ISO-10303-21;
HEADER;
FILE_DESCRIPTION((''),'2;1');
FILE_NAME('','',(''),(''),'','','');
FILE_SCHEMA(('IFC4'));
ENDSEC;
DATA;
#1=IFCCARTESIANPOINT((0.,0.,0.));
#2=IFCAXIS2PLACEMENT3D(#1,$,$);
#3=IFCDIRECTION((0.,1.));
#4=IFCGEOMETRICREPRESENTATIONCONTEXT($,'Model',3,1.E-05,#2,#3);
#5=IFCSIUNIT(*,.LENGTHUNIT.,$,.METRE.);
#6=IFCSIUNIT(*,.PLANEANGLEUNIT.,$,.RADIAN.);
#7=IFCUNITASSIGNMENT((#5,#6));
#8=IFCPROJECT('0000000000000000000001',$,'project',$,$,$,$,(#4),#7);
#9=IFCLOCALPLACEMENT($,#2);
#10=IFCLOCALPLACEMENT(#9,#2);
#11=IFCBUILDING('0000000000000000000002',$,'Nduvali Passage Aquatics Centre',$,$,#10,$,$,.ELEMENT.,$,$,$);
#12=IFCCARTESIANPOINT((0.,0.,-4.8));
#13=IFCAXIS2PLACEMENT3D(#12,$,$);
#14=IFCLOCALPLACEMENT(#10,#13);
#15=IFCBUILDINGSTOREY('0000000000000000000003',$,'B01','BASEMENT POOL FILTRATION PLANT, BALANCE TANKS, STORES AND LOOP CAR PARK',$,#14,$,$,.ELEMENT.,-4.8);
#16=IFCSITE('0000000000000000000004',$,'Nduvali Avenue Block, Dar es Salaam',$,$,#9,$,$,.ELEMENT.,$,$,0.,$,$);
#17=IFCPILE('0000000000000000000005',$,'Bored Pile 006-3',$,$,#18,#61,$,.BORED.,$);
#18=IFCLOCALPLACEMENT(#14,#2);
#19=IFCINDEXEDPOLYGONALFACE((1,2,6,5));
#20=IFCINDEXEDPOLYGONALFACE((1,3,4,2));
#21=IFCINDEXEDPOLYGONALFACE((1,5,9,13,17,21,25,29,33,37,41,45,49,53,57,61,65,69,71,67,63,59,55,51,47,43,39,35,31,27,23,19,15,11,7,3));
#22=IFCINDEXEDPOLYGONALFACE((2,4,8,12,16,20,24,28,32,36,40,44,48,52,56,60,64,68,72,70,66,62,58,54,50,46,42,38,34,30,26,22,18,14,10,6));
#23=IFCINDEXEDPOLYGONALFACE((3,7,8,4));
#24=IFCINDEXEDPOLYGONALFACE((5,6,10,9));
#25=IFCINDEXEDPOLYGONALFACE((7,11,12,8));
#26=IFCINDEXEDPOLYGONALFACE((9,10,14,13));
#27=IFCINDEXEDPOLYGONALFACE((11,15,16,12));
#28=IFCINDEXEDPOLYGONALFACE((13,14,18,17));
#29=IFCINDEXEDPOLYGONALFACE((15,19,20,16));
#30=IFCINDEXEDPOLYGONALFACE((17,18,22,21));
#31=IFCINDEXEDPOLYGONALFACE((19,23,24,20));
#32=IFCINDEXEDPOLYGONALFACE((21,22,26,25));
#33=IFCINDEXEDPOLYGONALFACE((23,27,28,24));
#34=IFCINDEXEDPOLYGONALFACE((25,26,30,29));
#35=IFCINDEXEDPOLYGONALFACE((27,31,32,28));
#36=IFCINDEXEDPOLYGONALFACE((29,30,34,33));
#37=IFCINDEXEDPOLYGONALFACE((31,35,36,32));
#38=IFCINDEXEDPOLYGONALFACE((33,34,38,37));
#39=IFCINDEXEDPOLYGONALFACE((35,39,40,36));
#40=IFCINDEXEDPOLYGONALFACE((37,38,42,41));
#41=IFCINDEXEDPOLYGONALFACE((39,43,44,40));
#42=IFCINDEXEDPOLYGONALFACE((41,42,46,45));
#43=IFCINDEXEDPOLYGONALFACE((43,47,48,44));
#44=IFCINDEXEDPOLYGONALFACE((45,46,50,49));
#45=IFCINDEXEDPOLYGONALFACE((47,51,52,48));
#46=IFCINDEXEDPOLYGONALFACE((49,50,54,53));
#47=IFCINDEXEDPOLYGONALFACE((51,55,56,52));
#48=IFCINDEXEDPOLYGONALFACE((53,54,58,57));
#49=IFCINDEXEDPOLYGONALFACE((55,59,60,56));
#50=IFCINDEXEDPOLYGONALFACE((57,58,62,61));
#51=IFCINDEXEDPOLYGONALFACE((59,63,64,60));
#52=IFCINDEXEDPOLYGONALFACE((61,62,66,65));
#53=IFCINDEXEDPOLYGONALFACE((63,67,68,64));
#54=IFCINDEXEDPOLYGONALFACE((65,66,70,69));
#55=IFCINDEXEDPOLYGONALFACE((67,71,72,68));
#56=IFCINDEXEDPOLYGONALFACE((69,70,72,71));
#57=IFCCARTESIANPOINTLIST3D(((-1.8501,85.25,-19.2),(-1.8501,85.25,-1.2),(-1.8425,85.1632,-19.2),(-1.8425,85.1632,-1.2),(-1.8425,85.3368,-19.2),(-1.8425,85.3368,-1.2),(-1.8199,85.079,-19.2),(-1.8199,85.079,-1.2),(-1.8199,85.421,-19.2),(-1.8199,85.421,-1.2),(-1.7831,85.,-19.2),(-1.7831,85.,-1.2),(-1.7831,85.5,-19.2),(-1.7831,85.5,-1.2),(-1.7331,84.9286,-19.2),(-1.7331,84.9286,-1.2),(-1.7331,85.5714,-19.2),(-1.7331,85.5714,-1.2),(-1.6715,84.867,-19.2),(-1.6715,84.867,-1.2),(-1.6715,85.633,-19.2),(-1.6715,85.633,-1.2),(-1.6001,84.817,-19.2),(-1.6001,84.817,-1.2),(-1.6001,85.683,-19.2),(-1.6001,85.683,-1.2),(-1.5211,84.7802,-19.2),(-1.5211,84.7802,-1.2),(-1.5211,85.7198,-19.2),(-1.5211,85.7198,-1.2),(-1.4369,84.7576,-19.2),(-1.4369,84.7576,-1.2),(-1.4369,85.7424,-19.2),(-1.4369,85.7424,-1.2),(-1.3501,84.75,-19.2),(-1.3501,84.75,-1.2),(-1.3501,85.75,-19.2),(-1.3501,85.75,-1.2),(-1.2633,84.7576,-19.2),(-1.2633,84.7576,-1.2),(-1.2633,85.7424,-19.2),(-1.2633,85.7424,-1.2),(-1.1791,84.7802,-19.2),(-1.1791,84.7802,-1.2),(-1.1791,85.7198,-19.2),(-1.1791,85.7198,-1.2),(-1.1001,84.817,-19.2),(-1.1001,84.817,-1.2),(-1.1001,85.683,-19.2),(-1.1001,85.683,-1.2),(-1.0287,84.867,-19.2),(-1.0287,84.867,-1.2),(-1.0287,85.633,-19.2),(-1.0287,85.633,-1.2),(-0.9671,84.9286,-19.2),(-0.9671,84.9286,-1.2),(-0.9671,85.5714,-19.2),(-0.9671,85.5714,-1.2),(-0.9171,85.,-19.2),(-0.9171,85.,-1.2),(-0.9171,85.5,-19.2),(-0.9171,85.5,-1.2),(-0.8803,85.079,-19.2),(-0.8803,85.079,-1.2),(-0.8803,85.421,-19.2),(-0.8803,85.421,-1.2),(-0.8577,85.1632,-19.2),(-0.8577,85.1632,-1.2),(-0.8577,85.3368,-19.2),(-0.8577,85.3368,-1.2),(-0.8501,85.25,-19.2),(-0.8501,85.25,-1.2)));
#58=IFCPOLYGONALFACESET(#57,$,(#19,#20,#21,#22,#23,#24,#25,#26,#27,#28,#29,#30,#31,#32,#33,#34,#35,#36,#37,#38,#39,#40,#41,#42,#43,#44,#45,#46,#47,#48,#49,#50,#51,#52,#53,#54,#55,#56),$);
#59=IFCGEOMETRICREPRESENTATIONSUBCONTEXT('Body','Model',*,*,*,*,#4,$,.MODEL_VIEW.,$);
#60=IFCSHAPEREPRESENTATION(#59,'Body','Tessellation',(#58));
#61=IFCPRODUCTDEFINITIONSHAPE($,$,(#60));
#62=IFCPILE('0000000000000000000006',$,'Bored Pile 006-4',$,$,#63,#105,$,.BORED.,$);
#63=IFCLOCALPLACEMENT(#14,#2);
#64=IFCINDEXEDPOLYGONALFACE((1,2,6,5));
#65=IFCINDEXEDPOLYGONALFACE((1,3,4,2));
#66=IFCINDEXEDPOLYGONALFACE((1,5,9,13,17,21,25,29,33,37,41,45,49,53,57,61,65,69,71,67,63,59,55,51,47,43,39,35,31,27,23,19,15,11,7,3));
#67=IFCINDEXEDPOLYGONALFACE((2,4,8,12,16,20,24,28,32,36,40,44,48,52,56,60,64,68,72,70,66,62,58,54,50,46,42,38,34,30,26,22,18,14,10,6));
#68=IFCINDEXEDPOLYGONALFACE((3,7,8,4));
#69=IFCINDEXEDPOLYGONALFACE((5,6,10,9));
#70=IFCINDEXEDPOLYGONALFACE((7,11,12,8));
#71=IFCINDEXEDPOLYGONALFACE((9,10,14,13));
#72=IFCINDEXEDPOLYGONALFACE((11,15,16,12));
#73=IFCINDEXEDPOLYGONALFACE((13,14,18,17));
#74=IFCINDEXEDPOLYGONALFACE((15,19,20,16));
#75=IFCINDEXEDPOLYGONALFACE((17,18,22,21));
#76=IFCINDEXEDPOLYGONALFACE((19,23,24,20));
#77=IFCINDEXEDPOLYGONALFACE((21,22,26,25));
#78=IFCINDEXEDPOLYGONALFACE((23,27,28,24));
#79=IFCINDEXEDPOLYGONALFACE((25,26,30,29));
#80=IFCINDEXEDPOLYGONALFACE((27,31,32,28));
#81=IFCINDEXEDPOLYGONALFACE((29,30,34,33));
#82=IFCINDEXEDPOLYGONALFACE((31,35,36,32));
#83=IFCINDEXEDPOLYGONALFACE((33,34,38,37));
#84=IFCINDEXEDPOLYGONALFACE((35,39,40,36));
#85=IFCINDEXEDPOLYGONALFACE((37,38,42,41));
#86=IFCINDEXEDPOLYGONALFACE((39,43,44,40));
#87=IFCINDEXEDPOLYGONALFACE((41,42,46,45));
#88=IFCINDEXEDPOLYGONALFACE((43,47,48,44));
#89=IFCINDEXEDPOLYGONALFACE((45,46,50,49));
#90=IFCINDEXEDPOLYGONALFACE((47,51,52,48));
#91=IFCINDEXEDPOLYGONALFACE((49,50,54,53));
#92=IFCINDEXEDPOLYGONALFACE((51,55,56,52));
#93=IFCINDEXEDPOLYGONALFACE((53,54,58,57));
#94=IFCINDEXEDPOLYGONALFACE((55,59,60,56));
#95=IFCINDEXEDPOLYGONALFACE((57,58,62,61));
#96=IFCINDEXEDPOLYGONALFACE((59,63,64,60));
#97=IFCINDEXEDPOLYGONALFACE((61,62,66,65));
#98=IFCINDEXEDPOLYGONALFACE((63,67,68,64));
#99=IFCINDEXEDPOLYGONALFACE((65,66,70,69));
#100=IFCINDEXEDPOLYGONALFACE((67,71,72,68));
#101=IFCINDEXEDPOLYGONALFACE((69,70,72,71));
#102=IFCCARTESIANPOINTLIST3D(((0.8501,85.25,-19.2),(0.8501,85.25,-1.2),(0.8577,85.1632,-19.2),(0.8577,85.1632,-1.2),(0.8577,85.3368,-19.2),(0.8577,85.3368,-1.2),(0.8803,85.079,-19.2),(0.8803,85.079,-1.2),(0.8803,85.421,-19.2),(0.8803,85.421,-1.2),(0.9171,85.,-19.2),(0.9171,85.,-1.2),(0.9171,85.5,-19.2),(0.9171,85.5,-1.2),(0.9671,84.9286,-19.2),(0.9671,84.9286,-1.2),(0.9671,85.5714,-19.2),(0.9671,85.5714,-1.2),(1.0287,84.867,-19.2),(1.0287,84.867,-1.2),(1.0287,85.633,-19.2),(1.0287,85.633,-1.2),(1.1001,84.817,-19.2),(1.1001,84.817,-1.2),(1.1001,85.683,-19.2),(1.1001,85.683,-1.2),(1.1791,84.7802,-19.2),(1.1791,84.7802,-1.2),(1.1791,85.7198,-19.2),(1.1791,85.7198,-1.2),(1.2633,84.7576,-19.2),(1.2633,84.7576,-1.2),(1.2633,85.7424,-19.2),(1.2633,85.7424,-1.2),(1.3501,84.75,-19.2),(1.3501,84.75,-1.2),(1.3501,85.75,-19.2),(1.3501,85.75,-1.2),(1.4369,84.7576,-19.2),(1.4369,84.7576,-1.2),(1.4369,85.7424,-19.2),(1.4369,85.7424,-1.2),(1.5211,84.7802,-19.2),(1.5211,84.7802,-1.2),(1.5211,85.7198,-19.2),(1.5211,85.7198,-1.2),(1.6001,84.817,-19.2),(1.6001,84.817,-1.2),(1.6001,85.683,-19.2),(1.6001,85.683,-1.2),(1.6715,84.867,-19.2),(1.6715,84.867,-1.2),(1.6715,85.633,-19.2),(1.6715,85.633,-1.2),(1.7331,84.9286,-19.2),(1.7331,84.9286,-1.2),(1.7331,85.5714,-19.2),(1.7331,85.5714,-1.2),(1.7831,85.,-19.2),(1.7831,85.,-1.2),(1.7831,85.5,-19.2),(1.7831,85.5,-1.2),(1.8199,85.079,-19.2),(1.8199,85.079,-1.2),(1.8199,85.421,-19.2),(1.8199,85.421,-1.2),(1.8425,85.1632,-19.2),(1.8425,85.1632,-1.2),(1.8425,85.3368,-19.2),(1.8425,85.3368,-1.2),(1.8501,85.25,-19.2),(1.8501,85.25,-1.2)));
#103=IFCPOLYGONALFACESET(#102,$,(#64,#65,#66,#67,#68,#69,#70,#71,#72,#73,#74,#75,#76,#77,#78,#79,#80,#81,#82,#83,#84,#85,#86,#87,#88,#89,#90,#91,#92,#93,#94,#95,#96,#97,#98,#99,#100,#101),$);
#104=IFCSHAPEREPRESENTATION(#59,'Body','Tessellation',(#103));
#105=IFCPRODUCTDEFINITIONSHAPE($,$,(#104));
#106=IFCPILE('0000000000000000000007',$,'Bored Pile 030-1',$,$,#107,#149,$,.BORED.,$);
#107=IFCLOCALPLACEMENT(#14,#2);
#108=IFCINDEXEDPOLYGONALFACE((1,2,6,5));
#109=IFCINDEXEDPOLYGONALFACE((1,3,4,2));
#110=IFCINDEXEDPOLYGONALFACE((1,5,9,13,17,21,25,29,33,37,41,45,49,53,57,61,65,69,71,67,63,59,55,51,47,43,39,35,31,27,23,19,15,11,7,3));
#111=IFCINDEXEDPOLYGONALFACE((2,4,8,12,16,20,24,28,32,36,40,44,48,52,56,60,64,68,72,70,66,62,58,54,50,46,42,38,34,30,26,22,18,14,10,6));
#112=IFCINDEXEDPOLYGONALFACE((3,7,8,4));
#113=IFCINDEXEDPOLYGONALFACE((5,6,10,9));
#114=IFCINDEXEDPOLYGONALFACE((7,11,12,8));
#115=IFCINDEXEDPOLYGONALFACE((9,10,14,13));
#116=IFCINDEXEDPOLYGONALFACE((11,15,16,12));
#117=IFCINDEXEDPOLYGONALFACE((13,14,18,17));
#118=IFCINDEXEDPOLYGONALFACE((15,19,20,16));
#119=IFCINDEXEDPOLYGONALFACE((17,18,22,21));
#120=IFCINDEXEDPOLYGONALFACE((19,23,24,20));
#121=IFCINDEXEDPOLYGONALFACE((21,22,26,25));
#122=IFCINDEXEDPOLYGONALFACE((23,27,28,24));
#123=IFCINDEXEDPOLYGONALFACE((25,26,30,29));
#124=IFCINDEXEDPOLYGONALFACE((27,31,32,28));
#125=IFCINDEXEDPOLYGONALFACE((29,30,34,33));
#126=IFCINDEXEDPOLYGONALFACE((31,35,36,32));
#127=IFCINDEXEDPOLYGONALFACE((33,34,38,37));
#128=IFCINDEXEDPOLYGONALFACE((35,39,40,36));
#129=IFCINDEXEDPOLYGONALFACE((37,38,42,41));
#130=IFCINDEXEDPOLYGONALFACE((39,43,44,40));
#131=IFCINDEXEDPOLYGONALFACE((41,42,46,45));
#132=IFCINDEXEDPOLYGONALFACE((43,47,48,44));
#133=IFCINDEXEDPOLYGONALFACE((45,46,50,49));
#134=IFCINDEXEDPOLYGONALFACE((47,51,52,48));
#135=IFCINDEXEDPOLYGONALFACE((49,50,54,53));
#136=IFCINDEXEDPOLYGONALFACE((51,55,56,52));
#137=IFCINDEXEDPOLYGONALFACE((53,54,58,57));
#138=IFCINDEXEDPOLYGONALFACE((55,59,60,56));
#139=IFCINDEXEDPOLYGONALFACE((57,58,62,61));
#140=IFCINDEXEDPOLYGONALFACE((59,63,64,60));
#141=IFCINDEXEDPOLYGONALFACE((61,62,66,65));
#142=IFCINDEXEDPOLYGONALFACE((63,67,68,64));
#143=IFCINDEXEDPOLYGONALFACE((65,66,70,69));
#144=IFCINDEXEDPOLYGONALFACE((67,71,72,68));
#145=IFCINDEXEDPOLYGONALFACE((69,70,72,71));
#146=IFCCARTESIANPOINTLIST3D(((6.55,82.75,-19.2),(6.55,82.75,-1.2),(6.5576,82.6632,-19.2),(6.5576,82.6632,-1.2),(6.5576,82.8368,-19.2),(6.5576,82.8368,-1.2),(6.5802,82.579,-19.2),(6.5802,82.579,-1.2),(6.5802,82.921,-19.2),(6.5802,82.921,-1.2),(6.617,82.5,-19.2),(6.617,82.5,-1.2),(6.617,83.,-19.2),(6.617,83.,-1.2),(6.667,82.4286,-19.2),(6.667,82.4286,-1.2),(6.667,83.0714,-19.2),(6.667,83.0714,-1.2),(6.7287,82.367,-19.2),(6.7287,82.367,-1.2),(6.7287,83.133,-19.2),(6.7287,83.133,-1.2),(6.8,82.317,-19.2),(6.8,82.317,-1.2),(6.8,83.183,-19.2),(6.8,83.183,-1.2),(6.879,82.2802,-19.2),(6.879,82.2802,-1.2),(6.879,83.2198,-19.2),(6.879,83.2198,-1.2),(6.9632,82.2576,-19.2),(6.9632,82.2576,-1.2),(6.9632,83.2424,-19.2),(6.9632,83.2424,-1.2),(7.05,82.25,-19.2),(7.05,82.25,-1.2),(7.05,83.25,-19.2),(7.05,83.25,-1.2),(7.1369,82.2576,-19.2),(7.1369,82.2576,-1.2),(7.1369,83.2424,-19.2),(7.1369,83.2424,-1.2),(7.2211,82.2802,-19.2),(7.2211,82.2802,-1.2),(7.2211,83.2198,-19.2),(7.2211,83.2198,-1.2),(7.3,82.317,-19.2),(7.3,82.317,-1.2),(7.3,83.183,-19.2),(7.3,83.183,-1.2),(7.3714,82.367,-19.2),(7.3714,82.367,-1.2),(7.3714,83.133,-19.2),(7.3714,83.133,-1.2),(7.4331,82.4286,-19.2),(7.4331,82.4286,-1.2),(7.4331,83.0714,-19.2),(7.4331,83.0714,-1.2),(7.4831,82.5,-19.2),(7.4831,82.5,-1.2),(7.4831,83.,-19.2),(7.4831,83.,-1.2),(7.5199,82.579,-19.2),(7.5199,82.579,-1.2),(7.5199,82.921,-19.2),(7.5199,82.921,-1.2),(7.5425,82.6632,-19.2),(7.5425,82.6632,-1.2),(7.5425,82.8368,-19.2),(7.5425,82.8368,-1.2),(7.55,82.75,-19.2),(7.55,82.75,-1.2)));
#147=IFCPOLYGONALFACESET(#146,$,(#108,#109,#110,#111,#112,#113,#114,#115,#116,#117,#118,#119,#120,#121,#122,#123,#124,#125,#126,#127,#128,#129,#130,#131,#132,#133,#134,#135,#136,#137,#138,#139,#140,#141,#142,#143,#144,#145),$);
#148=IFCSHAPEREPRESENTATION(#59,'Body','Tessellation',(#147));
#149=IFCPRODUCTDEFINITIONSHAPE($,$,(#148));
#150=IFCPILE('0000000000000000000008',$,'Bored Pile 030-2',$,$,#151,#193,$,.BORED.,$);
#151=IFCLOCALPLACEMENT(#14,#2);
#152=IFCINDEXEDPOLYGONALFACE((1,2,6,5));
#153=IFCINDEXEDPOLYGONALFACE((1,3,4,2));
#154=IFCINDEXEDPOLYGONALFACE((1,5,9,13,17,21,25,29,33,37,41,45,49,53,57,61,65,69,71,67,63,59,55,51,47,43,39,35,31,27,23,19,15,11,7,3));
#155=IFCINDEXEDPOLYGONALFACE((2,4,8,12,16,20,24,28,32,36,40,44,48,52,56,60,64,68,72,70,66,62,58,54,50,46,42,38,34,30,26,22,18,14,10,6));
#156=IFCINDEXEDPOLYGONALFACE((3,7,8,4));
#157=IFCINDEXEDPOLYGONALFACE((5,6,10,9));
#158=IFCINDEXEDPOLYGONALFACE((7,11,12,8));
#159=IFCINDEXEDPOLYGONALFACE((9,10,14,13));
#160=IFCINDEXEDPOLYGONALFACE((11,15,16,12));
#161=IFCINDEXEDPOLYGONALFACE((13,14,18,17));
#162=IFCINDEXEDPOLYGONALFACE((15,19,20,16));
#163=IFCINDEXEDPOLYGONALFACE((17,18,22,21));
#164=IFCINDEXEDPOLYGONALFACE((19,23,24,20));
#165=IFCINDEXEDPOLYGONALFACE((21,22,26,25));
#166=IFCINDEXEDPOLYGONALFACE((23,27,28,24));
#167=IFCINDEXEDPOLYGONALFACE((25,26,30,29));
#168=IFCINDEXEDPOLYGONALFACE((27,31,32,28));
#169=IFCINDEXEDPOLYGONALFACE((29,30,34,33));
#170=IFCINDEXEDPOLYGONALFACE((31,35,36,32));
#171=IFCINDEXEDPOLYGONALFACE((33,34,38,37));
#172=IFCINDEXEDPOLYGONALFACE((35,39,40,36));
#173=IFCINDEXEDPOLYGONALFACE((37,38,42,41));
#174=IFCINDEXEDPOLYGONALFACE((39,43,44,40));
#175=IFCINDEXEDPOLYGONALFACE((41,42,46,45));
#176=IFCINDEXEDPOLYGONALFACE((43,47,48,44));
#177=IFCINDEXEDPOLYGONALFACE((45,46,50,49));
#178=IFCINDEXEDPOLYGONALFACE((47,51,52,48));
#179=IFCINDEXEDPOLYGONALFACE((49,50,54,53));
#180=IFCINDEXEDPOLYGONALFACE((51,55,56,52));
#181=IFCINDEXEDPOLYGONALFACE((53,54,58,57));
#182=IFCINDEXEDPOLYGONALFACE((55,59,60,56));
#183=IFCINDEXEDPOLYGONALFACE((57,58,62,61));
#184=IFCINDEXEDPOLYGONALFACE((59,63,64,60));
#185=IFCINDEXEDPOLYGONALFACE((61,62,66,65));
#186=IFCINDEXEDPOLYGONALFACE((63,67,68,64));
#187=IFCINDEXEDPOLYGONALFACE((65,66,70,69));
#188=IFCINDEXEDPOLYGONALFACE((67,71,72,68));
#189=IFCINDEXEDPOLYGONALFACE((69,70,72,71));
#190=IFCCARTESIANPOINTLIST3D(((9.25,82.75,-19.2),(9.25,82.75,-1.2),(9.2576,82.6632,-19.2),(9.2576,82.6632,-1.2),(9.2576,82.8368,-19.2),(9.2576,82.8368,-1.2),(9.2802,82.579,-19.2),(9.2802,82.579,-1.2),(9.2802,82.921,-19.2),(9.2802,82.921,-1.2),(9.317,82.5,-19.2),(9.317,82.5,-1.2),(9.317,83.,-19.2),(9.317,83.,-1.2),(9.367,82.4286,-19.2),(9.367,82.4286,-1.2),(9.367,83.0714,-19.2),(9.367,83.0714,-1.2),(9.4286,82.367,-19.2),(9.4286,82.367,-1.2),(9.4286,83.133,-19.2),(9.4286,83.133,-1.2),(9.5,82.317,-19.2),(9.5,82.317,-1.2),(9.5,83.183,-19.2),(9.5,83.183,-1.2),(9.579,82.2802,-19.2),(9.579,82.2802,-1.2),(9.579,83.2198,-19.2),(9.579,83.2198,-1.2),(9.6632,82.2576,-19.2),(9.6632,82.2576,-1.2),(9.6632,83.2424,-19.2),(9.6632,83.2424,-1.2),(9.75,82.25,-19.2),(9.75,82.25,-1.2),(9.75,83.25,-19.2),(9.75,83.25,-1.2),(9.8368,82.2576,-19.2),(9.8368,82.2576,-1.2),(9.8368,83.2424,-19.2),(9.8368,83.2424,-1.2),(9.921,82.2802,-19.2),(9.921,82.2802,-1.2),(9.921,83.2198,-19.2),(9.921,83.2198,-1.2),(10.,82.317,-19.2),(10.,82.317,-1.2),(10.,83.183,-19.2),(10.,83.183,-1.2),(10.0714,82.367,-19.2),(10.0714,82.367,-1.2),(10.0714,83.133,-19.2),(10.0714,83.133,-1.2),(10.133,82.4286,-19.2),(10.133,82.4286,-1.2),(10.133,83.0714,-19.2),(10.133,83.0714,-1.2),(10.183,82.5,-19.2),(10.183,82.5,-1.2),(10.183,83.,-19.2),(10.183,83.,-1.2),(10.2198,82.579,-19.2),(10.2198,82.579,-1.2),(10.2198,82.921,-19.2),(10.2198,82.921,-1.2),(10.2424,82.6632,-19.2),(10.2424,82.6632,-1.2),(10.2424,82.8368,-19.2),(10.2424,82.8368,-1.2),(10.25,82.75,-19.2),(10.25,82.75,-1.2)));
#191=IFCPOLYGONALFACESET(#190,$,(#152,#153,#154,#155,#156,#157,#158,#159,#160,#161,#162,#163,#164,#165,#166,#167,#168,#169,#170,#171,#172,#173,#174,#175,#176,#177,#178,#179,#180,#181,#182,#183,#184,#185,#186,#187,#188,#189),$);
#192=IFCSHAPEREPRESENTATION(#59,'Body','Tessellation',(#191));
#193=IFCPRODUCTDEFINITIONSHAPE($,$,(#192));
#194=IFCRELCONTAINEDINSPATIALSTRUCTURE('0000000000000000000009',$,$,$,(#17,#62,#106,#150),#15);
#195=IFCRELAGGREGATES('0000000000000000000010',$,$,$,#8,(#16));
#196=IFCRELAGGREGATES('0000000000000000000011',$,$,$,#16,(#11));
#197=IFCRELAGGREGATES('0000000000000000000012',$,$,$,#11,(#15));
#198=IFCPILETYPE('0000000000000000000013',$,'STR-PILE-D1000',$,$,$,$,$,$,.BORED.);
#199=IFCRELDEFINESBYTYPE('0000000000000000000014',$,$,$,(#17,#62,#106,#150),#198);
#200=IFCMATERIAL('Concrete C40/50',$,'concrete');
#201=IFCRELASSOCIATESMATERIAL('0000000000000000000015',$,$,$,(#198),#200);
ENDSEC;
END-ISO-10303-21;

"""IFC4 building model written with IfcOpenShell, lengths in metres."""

from ifc_helpers import new_model, si_unit, direction, frame, origin, origin_2d, place, context, subcontext, project, spatial, circle, extrude, material, material_profile, profile_set, type_object, element, save


model = new_model("IFC4")

# Units and contexts
model_context = context("Model", 3, precision=1e-05, world=origin(), true_north=direction((0.0, 1.0)))
body_context = subcontext(model_context, "Body", "Model", "MODEL_VIEW")
ifc_project = project(units=[si_unit("LENGTHUNIT", "METRE"), si_unit("PLANEANGLEUNIT", "RADIAN")], contexts=[model_context])

# Site, building, storey
site_placement = place(None, origin())
site = spatial("IfcSite", under=ifc_project, at=site_placement, Name="Nduvali Avenue Block, Dar es Salaam", CompositionType="ELEMENT", RefElevation=0.0)
building_placement = place(site_placement, origin())
building = spatial("IfcBuilding", under=site, at=building_placement, Name="Nduvali Passage Aquatics Centre", CompositionType="ELEMENT")
storey_placement = place(building_placement, frame((0.0, 0.0, -4.8)))
storey = spatial("IfcBuildingStorey", under=building, at=storey_placement, Name="B01", Description="BASEMENT POOL FILTRATION PLANT, BALANCE TANKS, STORES AND LOOP CAR PARK", CompositionType="ELEMENT", Elevation=-4.8)

# Shared definitions
ifc_material_1 = material(Name="Concrete C40/50", Category="concrete")

# Piles
ifc_material_profile_1 = material_profile(ifc_material_1, circle(Radius=0.5, at=origin_2d()), Name="PILE D1000")
ifc_profile_set_1 = profile_set([ifc_material_profile_1], Name="Concrete C40/50")
pile_type_1 = type_object("IfcPileType", Name="STR-PILE-D1000", PredefinedType="BORED", material=ifc_profile_set_1)
for number, where, z_axis, x_axis, name in (
    (1, (-1.3501, 85.25, -1.2), (0.0, 0.0, -1.0), (1.0, 0.0, 0.0), "Bored Pile 006-3"),
    (2, (1.3501, 85.25, -1.2), (0.0, 0.0, -1.0), (1.0, 0.0, 0.0), "Bored Pile 006-4"),
    (3, (7.05, 82.75, -1.2), (0.0, 0.0, -1.0), (1.0, 0.0, 0.0), "Bored Pile 030-1"),
    (4, (9.75, 82.75, -1.2), (0.0, 0.0, -1.0), (1.0, 0.0, 0.0), "Bored Pile 030-2"),
):
    element("IfcPile", number, at=place(storey_placement, frame(where, z_axis=z_axis, x_axis=x_axis)), inside=storey, type_object=pile_type_1, Name=name, PredefinedType="BORED", context=body_context, shape_type="SweptSolid", body=[
        extrude(circle(Radius=0.5, at=origin_2d()), origin(), (0.0, 0.0, 1.0), 18.0),
    ])

save(model, "model.ifc")
